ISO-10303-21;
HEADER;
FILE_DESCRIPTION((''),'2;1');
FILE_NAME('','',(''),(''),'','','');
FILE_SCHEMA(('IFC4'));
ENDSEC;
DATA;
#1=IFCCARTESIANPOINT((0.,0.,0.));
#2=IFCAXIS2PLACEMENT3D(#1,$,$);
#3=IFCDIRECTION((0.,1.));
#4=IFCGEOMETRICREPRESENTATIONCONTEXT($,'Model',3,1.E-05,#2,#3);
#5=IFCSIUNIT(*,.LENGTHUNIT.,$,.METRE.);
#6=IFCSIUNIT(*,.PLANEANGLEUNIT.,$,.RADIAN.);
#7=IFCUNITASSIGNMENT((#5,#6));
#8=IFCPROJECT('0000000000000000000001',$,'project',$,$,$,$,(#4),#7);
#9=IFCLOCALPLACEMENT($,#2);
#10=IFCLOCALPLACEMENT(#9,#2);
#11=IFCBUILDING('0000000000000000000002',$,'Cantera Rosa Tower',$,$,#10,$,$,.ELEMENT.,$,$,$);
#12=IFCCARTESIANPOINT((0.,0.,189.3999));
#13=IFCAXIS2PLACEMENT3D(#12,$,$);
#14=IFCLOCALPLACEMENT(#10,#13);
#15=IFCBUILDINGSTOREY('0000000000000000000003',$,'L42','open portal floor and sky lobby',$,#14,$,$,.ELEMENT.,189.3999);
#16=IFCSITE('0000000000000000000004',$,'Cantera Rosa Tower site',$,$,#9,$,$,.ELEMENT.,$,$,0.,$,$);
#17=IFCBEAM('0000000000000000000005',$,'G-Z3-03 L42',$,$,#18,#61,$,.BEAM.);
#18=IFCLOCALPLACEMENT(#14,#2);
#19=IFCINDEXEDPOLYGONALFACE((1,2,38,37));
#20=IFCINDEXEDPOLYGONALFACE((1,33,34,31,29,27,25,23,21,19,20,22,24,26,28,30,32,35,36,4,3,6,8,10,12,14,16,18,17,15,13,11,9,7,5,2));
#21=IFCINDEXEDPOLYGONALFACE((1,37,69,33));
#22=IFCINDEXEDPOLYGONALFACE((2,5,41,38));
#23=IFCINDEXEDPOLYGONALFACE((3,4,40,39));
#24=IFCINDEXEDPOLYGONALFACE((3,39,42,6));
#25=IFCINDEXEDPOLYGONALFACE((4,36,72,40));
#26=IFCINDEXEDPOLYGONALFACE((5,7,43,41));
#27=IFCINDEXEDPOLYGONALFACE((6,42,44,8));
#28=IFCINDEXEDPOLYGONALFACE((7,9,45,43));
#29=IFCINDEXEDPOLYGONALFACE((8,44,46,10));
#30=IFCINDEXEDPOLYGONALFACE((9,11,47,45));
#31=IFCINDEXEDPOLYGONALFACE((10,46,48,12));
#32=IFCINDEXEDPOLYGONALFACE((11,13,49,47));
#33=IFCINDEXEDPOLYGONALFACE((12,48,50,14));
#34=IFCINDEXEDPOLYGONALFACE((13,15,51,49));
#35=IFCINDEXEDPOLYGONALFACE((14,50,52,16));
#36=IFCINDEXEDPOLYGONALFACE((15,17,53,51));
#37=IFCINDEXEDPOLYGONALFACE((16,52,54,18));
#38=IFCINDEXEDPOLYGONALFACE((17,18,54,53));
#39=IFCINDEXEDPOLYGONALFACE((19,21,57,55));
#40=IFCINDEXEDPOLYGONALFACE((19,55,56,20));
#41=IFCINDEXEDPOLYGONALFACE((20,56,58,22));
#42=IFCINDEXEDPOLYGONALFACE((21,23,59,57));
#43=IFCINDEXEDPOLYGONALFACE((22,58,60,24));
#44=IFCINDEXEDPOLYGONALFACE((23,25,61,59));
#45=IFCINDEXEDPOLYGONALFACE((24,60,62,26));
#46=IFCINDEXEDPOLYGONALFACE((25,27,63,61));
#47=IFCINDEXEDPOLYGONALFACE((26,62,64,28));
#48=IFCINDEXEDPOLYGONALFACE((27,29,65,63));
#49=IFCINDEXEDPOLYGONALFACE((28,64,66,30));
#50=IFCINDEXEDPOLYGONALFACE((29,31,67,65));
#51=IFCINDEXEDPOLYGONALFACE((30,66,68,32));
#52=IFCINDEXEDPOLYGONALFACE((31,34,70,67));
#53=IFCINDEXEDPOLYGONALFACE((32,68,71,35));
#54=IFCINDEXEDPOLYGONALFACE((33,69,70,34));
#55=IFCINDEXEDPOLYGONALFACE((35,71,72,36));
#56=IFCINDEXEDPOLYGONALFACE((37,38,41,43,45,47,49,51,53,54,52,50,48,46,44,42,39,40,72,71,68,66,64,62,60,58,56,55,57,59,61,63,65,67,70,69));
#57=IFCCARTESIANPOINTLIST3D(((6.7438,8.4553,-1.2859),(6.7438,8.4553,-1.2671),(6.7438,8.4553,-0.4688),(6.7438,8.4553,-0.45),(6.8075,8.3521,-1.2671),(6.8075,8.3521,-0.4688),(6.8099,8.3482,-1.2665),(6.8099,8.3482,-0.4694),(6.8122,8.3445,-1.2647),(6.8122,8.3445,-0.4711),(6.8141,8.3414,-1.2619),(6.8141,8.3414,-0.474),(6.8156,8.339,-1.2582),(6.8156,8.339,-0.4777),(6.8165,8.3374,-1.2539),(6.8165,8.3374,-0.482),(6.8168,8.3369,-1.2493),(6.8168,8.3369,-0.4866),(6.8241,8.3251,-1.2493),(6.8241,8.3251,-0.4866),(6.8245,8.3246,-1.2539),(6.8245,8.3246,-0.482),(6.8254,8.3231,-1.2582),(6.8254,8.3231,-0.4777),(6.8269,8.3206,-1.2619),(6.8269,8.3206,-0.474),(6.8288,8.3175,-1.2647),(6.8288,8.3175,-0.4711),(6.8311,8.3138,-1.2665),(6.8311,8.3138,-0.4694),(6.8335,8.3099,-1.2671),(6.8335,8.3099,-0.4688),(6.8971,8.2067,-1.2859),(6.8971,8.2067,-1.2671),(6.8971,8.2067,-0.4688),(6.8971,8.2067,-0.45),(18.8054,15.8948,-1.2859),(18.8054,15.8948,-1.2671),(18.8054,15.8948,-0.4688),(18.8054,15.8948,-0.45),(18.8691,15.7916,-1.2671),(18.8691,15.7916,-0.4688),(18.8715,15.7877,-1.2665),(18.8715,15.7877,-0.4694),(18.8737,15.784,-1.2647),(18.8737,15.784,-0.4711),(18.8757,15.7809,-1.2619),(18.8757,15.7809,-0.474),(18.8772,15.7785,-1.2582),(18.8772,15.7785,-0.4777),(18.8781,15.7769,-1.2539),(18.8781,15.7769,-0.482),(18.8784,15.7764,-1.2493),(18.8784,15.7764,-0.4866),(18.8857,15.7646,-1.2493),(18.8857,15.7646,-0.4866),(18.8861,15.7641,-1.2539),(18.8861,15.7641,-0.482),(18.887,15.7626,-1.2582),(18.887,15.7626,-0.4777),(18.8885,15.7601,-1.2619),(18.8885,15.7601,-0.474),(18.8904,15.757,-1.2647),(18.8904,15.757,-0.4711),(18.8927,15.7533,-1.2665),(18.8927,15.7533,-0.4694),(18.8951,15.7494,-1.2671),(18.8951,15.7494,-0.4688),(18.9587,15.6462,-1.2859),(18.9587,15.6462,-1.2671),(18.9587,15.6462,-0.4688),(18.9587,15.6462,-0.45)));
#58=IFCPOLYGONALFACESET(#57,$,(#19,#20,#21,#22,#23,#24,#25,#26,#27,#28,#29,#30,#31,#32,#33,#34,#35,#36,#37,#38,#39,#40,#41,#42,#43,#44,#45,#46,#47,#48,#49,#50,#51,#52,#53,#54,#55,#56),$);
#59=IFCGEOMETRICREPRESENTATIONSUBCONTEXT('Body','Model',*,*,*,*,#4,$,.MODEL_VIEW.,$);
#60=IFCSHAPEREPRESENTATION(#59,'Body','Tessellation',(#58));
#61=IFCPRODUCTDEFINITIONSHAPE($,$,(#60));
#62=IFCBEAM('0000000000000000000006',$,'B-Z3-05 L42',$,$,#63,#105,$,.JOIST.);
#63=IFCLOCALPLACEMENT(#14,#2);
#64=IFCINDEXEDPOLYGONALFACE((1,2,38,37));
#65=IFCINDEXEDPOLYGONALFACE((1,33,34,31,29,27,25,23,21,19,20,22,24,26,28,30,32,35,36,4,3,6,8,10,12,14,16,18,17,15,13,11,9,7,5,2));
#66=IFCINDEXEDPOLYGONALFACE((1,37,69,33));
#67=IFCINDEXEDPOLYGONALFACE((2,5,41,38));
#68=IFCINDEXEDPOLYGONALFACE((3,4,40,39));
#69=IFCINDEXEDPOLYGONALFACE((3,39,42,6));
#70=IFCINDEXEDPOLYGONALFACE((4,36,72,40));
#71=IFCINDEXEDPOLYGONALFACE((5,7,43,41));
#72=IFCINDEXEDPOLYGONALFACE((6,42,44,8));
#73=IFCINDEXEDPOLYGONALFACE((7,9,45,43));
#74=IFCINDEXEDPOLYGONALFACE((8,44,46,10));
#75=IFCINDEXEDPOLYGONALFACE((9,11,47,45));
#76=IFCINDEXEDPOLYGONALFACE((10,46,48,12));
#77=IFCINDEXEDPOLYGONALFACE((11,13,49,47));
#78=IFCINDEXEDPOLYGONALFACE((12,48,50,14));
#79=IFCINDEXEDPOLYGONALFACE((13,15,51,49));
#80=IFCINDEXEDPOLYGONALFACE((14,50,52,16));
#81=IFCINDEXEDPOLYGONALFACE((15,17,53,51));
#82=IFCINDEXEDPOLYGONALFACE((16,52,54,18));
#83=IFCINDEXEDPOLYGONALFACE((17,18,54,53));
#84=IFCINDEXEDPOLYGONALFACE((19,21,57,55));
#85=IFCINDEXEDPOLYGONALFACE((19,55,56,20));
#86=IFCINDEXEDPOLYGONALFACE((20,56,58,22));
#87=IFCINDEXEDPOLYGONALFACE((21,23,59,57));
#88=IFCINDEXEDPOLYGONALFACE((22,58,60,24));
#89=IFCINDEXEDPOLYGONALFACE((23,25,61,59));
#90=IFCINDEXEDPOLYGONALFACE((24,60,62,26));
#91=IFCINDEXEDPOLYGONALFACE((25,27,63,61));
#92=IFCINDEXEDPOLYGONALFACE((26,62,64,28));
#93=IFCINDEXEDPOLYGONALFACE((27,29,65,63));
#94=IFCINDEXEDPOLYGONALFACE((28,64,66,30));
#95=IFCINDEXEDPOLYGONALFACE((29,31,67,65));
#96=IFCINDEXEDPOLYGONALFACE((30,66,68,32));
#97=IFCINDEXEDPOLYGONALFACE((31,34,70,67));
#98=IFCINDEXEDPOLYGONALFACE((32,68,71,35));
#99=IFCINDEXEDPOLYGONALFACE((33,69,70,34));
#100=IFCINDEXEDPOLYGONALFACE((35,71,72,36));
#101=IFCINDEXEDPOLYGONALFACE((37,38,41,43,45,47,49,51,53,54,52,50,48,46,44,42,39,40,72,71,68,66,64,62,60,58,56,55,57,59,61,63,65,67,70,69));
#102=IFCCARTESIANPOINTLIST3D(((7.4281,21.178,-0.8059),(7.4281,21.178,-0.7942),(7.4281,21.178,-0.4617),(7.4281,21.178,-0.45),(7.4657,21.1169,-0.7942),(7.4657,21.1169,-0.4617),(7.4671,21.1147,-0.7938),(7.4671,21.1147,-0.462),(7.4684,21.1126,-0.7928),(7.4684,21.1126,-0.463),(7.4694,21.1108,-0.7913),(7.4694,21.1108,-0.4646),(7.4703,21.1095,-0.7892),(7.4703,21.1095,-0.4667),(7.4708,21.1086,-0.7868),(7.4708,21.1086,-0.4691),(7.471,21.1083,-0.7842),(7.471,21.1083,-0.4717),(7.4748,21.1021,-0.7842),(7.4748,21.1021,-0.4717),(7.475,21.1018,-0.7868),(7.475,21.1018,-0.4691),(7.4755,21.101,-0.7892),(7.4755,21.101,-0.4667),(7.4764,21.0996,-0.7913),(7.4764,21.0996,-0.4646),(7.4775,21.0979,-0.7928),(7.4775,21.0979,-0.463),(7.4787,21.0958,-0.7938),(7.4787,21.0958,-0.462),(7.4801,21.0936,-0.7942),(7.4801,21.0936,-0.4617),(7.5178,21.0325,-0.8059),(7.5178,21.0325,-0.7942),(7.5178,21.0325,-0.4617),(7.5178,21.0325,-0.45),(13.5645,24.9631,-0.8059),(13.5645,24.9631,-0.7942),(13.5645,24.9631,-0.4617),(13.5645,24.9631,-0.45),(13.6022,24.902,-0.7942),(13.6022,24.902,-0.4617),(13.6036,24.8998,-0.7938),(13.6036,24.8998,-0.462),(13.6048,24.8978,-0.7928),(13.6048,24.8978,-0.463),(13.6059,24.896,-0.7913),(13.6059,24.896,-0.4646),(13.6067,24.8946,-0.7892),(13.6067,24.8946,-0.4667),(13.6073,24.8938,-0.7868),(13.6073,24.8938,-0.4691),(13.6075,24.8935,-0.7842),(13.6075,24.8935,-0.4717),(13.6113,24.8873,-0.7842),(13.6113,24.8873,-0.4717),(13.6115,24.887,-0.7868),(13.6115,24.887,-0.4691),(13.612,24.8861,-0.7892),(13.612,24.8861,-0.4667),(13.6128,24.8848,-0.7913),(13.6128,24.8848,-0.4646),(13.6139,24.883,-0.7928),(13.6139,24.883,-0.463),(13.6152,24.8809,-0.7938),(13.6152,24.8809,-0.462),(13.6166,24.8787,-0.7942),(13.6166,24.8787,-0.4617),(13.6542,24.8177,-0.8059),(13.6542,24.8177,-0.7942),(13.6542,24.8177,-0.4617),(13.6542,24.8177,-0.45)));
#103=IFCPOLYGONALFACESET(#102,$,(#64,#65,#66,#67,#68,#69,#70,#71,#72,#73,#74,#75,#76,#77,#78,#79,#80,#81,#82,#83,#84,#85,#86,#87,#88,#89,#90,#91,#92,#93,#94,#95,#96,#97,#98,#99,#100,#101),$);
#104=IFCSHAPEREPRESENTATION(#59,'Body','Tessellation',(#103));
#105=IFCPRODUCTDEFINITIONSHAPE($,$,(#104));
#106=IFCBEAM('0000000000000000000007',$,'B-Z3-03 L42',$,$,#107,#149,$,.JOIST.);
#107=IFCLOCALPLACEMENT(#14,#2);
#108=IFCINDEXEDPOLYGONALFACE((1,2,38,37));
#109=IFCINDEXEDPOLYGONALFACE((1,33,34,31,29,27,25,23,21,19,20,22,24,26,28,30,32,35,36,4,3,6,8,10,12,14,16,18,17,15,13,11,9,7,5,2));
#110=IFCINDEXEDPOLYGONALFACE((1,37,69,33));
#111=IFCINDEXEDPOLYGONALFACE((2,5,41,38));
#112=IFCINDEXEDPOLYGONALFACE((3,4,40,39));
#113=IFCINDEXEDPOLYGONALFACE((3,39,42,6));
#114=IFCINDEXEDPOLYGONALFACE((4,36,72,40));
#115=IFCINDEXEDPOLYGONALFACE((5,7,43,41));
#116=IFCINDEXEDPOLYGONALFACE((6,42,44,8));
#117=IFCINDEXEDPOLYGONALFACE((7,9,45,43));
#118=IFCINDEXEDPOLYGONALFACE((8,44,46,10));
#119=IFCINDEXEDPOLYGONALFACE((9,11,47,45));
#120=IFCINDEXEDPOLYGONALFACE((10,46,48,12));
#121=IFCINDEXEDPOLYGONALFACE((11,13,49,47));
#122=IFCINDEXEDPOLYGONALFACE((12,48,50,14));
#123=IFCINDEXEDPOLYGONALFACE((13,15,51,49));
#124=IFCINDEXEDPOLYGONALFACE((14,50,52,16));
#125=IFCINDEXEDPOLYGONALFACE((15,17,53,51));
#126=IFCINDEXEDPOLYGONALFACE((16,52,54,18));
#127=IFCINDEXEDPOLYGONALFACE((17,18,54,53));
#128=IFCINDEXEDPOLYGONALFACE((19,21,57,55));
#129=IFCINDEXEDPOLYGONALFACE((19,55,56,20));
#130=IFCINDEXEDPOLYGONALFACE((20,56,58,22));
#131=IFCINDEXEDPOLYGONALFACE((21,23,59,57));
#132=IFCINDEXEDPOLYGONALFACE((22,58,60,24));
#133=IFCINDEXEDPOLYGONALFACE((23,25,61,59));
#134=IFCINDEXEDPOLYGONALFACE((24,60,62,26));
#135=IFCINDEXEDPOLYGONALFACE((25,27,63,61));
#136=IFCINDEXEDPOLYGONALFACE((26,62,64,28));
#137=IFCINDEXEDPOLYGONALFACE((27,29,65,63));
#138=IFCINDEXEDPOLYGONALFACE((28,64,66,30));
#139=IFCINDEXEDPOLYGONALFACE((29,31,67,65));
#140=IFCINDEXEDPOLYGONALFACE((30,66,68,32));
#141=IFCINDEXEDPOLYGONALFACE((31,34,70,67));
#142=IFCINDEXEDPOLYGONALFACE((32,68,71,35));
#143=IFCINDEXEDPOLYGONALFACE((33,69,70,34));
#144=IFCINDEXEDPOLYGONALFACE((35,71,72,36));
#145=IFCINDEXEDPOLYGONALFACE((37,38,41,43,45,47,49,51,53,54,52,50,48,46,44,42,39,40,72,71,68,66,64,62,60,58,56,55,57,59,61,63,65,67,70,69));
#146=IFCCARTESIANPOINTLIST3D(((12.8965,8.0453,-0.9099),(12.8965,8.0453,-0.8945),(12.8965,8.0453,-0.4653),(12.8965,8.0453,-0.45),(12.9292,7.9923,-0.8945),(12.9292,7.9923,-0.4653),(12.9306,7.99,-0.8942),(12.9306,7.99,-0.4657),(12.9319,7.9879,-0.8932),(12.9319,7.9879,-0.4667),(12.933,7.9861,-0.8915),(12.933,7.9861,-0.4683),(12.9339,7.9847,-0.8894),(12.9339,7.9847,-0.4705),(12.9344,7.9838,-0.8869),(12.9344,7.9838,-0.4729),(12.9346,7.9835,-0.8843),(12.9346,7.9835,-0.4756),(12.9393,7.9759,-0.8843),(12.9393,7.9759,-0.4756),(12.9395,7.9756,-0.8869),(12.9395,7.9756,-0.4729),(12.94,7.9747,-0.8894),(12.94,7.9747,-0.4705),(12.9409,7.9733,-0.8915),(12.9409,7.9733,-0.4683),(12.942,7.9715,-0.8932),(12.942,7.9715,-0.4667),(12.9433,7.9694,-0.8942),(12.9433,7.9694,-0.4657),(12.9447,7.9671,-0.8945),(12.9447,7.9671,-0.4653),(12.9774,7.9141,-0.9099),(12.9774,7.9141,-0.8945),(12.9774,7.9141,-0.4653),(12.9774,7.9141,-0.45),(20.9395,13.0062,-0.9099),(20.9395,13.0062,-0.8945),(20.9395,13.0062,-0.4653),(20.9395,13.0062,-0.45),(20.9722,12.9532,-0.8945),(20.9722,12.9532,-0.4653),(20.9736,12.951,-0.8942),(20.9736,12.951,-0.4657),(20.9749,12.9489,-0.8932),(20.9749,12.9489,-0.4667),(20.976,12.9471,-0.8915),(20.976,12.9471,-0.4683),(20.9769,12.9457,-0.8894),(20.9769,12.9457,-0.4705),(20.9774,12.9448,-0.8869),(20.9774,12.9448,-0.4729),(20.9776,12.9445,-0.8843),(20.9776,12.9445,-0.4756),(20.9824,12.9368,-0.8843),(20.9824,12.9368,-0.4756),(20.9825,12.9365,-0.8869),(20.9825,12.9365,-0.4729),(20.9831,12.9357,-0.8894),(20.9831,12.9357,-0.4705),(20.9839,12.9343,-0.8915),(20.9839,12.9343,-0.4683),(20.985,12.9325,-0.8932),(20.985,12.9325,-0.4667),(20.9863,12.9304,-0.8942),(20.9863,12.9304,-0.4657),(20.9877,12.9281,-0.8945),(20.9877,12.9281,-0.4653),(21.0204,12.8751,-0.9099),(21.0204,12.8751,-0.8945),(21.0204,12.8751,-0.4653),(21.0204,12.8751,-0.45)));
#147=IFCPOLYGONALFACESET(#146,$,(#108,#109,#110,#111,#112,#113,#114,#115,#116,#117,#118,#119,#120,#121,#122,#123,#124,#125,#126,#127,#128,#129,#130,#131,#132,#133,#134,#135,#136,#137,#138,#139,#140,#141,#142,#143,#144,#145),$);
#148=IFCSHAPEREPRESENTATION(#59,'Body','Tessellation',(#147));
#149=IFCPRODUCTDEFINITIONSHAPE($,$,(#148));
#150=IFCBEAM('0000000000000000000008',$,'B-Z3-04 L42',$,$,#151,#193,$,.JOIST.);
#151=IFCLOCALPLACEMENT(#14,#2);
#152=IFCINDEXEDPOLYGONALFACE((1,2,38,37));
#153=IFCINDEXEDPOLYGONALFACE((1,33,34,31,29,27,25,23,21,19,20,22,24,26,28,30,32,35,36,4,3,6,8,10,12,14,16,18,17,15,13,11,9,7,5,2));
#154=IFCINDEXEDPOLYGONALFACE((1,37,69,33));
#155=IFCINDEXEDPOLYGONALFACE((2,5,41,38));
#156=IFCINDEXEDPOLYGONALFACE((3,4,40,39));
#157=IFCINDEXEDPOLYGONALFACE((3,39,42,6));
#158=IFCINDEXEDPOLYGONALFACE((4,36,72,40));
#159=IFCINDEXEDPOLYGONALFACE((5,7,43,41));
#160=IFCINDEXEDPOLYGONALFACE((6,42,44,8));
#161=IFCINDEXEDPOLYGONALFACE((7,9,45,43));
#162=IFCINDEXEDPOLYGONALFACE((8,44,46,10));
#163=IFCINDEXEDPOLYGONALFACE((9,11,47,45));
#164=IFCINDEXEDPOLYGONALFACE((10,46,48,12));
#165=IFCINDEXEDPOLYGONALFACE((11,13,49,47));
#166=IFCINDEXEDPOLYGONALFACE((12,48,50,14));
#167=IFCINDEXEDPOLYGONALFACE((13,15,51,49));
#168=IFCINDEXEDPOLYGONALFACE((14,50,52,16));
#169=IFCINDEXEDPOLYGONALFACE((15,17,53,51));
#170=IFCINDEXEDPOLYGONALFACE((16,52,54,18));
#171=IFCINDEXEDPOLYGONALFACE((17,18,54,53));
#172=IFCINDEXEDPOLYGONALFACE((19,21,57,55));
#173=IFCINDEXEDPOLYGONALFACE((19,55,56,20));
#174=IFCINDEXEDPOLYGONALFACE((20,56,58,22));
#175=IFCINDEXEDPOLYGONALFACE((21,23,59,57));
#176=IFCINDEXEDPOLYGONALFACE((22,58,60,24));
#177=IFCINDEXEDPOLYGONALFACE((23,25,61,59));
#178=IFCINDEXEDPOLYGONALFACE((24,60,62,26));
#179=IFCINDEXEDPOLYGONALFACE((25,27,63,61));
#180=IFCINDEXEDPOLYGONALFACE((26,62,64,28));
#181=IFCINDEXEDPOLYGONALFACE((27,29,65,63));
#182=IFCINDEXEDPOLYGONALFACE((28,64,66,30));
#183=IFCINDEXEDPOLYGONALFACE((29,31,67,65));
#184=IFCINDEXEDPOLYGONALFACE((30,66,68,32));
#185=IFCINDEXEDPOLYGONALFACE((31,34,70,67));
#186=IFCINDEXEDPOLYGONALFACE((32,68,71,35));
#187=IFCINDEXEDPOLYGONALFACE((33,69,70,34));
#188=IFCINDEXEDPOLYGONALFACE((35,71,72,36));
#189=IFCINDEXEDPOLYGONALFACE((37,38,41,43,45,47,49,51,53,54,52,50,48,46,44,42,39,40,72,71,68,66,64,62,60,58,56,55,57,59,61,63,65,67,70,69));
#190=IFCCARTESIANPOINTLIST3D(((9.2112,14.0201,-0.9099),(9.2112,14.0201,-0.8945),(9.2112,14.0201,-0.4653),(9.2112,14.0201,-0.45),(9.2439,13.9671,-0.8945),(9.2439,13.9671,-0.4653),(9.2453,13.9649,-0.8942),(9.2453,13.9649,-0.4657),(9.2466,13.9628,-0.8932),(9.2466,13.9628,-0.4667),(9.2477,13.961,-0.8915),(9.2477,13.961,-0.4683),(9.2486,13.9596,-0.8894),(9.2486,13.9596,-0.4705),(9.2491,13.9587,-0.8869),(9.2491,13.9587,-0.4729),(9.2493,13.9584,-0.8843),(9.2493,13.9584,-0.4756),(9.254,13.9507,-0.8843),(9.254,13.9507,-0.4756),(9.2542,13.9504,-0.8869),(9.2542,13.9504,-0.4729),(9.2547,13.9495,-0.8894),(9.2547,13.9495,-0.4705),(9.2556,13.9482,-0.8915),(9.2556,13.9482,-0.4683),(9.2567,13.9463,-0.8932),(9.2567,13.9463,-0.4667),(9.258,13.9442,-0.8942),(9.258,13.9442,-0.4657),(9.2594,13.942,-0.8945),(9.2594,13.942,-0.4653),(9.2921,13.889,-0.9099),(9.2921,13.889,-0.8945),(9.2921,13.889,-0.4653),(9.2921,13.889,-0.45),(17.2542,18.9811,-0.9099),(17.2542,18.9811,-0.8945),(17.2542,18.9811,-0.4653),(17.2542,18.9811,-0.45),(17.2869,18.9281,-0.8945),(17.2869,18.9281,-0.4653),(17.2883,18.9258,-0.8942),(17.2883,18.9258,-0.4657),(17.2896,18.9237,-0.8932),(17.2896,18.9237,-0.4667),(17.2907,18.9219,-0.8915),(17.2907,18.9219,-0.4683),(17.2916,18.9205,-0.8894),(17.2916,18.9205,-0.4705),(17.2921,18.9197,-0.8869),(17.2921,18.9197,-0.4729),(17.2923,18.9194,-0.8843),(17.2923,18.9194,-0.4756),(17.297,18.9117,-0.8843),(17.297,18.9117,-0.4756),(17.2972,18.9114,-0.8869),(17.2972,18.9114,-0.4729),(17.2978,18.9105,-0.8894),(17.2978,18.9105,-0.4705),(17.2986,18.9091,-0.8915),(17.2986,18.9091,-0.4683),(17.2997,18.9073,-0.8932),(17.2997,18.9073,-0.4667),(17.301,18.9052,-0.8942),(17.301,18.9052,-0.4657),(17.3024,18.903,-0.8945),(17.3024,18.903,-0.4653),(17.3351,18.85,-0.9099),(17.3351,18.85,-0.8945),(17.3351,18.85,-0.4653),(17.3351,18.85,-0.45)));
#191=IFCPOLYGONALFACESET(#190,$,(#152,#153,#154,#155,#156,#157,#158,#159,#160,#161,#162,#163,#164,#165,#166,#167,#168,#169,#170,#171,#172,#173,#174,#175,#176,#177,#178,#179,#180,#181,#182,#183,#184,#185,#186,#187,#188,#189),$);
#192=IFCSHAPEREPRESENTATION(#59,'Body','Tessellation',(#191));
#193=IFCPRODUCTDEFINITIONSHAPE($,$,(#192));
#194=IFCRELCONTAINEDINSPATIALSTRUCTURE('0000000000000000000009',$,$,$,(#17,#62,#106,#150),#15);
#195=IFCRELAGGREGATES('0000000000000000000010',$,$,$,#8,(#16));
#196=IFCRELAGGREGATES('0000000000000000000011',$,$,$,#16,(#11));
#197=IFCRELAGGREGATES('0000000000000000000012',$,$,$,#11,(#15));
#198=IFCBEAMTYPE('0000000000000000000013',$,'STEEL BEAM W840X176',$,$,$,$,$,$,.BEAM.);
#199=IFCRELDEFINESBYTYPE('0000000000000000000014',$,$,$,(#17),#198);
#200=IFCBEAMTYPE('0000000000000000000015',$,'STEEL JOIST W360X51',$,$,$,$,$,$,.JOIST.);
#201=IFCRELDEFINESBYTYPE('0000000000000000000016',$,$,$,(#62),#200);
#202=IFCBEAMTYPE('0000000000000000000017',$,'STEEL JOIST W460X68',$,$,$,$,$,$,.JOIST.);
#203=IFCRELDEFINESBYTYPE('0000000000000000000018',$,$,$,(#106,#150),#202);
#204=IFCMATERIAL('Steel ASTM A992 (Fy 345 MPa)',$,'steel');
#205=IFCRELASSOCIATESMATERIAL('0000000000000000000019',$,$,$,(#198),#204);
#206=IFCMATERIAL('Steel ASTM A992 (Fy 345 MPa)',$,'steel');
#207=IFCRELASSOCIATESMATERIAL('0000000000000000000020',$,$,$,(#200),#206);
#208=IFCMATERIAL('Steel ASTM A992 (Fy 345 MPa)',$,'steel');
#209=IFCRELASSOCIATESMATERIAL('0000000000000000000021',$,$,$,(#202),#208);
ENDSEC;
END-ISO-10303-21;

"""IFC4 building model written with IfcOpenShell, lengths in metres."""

from ifc_helpers import new_model, si_unit, direction, frame, origin, origin_2d, place, context, subcontext, project, spatial, i_section, extrude, material, material_profile, profile_set, type_object, element, save


model = new_model("IFC4")

# Units and contexts
model_context = context("Model", 3, precision=1e-05, world=origin(), true_north=direction((0.0, 1.0)))
body_context = subcontext(model_context, "Body", "Model", "MODEL_VIEW")
ifc_project = project(units=[si_unit("LENGTHUNIT", "METRE"), si_unit("PLANEANGLEUNIT", "RADIAN")], contexts=[model_context])

# Site, building, storey
site_placement = place(None, origin())
site = spatial("IfcSite", under=ifc_project, at=site_placement, Name="Cantera Rosa Tower site", CompositionType="ELEMENT", RefElevation=0.0)
building_placement = place(site_placement, origin())
building = spatial("IfcBuilding", under=site, at=building_placement, Name="Cantera Rosa Tower", CompositionType="ELEMENT")
storey_placement = place(building_placement, frame((0.0, 0.0, 189.3999)))
storey = spatial("IfcBuildingStorey", under=building, at=storey_placement, Name="L42", Description="open portal floor and sky lobby", CompositionType="ELEMENT", Elevation=189.3999)

# Beams
ifc_material_1 = material(Name="Steel ASTM A992 (Fy 345 MPa)", Category="steel")
ifc_material_profile_1 = material_profile(ifc_material_1, i_section(OverallWidth=0.292, OverallDepth=0.8359, WebThickness=0.0139, FlangeThickness=0.0188, FilletRadius=0.0178, at=origin_2d()), Name="W840X176")
ifc_profile_set_1 = profile_set([ifc_material_profile_1], Name="Steel ASTM A992 (Fy 345 MPa)")
beam_type_1 = type_object("IfcBeamType", Name="STEEL BEAM W840X176", PredefinedType="BEAM", material=ifc_profile_set_1)
beam_1_placement = place(storey_placement, frame((18.8821, 15.7705, -0.8679), z_axis=(-0.851123, -0.524966, 0.0), x_axis=(0.524966, -0.851123, 0.0)))
element("IfcBeam", 1, at=beam_1_placement, inside=storey, type_object=beam_type_1, Name="G-Z3-03 L42", PredefinedType="BEAM", context=body_context, shape_type="SweptSolid", body=[
    extrude(i_section(OverallWidth=0.292, OverallDepth=0.8359, WebThickness=0.0139, FlangeThickness=0.0188, FilletRadius=0.0178, at=origin_2d()), origin(), (0.0, 0.0, 1.0), 14.1714),
])
ifc_material_2 = material(Name="Steel ASTM A992 (Fy 345 MPa)", Category="steel")
ifc_material_profile_2 = material_profile(ifc_material_2, i_section(OverallWidth=0.1709, OverallDepth=0.356, WebThickness=0.0073, FlangeThickness=0.0117, FilletRadius=0.01, at=origin_2d()), Name="W360X51")
ifc_profile_set_2 = profile_set([ifc_material_profile_2], Name="Steel ASTM A992 (Fy 345 MPa)")
beam_type_2 = type_object("IfcBeamType", Name="STEEL JOIST W360X51", PredefinedType="JOIST", material=ifc_profile_set_2)
beam_2_placement = place(storey_placement, frame((13.6094, 24.8904, -0.6279), z_axis=(-0.851109, -0.524989, 0.0), x_axis=(0.524989, -0.851109, 0.0)))
element("IfcBeam", 2, at=beam_2_placement, inside=storey, type_object=beam_type_2, Name="B-Z3-05 L42", PredefinedType="JOIST", context=body_context, shape_type="SweptSolid", body=[
    extrude(i_section(OverallWidth=0.1709, OverallDepth=0.356, WebThickness=0.0073, FlangeThickness=0.0117, FilletRadius=0.01, at=origin_2d()), origin(), (0.0, 0.0, 1.0), 7.21),
])
ifc_material_3 = material(Name="Steel ASTM A992 (Fy 345 MPa)", Category="steel")
ifc_material_profile_3 = material_profile(ifc_material_3, i_section(OverallWidth=0.1541, OverallDepth=0.46, WebThickness=0.009, FlangeThickness=0.0154, FilletRadius=0.0103, at=origin_2d()), Name="W460X68")
ifc_profile_set_3 = profile_set([ifc_material_profile_3], Name="Steel ASTM A992 (Fy 345 MPa)")
beam_type_3 = type_object("IfcBeamType", Name="STEEL JOIST W460X68", PredefinedType="JOIST", material=ifc_profile_set_3)
for number, where, z_axis, x_axis, name in (
    (3, (20.98, 12.9407, -0.6799), (-0.851119, -0.524974, 0.0), (0.524974, -0.851119, 0.0), "B-Z3-03 L42"),
    (4, (17.2947, 18.9155, -0.6799), (-0.851119, -0.524974, 0.0), (0.524974, -0.851119, 0.0), "B-Z3-04 L42"),
):
    element("IfcBeam", number, at=place(storey_placement, frame(where, z_axis=z_axis, x_axis=x_axis)), inside=storey, type_object=beam_type_3, Name=name, PredefinedType="JOIST", context=body_context, shape_type="SweptSolid", body=[
        extrude(i_section(OverallWidth=0.1541, OverallDepth=0.46, WebThickness=0.009, FlangeThickness=0.0154, FilletRadius=0.0103, at=origin_2d()), origin(), (0.0, 0.0, 1.0), 9.45),
    ])

save(model, "model.ifc")
